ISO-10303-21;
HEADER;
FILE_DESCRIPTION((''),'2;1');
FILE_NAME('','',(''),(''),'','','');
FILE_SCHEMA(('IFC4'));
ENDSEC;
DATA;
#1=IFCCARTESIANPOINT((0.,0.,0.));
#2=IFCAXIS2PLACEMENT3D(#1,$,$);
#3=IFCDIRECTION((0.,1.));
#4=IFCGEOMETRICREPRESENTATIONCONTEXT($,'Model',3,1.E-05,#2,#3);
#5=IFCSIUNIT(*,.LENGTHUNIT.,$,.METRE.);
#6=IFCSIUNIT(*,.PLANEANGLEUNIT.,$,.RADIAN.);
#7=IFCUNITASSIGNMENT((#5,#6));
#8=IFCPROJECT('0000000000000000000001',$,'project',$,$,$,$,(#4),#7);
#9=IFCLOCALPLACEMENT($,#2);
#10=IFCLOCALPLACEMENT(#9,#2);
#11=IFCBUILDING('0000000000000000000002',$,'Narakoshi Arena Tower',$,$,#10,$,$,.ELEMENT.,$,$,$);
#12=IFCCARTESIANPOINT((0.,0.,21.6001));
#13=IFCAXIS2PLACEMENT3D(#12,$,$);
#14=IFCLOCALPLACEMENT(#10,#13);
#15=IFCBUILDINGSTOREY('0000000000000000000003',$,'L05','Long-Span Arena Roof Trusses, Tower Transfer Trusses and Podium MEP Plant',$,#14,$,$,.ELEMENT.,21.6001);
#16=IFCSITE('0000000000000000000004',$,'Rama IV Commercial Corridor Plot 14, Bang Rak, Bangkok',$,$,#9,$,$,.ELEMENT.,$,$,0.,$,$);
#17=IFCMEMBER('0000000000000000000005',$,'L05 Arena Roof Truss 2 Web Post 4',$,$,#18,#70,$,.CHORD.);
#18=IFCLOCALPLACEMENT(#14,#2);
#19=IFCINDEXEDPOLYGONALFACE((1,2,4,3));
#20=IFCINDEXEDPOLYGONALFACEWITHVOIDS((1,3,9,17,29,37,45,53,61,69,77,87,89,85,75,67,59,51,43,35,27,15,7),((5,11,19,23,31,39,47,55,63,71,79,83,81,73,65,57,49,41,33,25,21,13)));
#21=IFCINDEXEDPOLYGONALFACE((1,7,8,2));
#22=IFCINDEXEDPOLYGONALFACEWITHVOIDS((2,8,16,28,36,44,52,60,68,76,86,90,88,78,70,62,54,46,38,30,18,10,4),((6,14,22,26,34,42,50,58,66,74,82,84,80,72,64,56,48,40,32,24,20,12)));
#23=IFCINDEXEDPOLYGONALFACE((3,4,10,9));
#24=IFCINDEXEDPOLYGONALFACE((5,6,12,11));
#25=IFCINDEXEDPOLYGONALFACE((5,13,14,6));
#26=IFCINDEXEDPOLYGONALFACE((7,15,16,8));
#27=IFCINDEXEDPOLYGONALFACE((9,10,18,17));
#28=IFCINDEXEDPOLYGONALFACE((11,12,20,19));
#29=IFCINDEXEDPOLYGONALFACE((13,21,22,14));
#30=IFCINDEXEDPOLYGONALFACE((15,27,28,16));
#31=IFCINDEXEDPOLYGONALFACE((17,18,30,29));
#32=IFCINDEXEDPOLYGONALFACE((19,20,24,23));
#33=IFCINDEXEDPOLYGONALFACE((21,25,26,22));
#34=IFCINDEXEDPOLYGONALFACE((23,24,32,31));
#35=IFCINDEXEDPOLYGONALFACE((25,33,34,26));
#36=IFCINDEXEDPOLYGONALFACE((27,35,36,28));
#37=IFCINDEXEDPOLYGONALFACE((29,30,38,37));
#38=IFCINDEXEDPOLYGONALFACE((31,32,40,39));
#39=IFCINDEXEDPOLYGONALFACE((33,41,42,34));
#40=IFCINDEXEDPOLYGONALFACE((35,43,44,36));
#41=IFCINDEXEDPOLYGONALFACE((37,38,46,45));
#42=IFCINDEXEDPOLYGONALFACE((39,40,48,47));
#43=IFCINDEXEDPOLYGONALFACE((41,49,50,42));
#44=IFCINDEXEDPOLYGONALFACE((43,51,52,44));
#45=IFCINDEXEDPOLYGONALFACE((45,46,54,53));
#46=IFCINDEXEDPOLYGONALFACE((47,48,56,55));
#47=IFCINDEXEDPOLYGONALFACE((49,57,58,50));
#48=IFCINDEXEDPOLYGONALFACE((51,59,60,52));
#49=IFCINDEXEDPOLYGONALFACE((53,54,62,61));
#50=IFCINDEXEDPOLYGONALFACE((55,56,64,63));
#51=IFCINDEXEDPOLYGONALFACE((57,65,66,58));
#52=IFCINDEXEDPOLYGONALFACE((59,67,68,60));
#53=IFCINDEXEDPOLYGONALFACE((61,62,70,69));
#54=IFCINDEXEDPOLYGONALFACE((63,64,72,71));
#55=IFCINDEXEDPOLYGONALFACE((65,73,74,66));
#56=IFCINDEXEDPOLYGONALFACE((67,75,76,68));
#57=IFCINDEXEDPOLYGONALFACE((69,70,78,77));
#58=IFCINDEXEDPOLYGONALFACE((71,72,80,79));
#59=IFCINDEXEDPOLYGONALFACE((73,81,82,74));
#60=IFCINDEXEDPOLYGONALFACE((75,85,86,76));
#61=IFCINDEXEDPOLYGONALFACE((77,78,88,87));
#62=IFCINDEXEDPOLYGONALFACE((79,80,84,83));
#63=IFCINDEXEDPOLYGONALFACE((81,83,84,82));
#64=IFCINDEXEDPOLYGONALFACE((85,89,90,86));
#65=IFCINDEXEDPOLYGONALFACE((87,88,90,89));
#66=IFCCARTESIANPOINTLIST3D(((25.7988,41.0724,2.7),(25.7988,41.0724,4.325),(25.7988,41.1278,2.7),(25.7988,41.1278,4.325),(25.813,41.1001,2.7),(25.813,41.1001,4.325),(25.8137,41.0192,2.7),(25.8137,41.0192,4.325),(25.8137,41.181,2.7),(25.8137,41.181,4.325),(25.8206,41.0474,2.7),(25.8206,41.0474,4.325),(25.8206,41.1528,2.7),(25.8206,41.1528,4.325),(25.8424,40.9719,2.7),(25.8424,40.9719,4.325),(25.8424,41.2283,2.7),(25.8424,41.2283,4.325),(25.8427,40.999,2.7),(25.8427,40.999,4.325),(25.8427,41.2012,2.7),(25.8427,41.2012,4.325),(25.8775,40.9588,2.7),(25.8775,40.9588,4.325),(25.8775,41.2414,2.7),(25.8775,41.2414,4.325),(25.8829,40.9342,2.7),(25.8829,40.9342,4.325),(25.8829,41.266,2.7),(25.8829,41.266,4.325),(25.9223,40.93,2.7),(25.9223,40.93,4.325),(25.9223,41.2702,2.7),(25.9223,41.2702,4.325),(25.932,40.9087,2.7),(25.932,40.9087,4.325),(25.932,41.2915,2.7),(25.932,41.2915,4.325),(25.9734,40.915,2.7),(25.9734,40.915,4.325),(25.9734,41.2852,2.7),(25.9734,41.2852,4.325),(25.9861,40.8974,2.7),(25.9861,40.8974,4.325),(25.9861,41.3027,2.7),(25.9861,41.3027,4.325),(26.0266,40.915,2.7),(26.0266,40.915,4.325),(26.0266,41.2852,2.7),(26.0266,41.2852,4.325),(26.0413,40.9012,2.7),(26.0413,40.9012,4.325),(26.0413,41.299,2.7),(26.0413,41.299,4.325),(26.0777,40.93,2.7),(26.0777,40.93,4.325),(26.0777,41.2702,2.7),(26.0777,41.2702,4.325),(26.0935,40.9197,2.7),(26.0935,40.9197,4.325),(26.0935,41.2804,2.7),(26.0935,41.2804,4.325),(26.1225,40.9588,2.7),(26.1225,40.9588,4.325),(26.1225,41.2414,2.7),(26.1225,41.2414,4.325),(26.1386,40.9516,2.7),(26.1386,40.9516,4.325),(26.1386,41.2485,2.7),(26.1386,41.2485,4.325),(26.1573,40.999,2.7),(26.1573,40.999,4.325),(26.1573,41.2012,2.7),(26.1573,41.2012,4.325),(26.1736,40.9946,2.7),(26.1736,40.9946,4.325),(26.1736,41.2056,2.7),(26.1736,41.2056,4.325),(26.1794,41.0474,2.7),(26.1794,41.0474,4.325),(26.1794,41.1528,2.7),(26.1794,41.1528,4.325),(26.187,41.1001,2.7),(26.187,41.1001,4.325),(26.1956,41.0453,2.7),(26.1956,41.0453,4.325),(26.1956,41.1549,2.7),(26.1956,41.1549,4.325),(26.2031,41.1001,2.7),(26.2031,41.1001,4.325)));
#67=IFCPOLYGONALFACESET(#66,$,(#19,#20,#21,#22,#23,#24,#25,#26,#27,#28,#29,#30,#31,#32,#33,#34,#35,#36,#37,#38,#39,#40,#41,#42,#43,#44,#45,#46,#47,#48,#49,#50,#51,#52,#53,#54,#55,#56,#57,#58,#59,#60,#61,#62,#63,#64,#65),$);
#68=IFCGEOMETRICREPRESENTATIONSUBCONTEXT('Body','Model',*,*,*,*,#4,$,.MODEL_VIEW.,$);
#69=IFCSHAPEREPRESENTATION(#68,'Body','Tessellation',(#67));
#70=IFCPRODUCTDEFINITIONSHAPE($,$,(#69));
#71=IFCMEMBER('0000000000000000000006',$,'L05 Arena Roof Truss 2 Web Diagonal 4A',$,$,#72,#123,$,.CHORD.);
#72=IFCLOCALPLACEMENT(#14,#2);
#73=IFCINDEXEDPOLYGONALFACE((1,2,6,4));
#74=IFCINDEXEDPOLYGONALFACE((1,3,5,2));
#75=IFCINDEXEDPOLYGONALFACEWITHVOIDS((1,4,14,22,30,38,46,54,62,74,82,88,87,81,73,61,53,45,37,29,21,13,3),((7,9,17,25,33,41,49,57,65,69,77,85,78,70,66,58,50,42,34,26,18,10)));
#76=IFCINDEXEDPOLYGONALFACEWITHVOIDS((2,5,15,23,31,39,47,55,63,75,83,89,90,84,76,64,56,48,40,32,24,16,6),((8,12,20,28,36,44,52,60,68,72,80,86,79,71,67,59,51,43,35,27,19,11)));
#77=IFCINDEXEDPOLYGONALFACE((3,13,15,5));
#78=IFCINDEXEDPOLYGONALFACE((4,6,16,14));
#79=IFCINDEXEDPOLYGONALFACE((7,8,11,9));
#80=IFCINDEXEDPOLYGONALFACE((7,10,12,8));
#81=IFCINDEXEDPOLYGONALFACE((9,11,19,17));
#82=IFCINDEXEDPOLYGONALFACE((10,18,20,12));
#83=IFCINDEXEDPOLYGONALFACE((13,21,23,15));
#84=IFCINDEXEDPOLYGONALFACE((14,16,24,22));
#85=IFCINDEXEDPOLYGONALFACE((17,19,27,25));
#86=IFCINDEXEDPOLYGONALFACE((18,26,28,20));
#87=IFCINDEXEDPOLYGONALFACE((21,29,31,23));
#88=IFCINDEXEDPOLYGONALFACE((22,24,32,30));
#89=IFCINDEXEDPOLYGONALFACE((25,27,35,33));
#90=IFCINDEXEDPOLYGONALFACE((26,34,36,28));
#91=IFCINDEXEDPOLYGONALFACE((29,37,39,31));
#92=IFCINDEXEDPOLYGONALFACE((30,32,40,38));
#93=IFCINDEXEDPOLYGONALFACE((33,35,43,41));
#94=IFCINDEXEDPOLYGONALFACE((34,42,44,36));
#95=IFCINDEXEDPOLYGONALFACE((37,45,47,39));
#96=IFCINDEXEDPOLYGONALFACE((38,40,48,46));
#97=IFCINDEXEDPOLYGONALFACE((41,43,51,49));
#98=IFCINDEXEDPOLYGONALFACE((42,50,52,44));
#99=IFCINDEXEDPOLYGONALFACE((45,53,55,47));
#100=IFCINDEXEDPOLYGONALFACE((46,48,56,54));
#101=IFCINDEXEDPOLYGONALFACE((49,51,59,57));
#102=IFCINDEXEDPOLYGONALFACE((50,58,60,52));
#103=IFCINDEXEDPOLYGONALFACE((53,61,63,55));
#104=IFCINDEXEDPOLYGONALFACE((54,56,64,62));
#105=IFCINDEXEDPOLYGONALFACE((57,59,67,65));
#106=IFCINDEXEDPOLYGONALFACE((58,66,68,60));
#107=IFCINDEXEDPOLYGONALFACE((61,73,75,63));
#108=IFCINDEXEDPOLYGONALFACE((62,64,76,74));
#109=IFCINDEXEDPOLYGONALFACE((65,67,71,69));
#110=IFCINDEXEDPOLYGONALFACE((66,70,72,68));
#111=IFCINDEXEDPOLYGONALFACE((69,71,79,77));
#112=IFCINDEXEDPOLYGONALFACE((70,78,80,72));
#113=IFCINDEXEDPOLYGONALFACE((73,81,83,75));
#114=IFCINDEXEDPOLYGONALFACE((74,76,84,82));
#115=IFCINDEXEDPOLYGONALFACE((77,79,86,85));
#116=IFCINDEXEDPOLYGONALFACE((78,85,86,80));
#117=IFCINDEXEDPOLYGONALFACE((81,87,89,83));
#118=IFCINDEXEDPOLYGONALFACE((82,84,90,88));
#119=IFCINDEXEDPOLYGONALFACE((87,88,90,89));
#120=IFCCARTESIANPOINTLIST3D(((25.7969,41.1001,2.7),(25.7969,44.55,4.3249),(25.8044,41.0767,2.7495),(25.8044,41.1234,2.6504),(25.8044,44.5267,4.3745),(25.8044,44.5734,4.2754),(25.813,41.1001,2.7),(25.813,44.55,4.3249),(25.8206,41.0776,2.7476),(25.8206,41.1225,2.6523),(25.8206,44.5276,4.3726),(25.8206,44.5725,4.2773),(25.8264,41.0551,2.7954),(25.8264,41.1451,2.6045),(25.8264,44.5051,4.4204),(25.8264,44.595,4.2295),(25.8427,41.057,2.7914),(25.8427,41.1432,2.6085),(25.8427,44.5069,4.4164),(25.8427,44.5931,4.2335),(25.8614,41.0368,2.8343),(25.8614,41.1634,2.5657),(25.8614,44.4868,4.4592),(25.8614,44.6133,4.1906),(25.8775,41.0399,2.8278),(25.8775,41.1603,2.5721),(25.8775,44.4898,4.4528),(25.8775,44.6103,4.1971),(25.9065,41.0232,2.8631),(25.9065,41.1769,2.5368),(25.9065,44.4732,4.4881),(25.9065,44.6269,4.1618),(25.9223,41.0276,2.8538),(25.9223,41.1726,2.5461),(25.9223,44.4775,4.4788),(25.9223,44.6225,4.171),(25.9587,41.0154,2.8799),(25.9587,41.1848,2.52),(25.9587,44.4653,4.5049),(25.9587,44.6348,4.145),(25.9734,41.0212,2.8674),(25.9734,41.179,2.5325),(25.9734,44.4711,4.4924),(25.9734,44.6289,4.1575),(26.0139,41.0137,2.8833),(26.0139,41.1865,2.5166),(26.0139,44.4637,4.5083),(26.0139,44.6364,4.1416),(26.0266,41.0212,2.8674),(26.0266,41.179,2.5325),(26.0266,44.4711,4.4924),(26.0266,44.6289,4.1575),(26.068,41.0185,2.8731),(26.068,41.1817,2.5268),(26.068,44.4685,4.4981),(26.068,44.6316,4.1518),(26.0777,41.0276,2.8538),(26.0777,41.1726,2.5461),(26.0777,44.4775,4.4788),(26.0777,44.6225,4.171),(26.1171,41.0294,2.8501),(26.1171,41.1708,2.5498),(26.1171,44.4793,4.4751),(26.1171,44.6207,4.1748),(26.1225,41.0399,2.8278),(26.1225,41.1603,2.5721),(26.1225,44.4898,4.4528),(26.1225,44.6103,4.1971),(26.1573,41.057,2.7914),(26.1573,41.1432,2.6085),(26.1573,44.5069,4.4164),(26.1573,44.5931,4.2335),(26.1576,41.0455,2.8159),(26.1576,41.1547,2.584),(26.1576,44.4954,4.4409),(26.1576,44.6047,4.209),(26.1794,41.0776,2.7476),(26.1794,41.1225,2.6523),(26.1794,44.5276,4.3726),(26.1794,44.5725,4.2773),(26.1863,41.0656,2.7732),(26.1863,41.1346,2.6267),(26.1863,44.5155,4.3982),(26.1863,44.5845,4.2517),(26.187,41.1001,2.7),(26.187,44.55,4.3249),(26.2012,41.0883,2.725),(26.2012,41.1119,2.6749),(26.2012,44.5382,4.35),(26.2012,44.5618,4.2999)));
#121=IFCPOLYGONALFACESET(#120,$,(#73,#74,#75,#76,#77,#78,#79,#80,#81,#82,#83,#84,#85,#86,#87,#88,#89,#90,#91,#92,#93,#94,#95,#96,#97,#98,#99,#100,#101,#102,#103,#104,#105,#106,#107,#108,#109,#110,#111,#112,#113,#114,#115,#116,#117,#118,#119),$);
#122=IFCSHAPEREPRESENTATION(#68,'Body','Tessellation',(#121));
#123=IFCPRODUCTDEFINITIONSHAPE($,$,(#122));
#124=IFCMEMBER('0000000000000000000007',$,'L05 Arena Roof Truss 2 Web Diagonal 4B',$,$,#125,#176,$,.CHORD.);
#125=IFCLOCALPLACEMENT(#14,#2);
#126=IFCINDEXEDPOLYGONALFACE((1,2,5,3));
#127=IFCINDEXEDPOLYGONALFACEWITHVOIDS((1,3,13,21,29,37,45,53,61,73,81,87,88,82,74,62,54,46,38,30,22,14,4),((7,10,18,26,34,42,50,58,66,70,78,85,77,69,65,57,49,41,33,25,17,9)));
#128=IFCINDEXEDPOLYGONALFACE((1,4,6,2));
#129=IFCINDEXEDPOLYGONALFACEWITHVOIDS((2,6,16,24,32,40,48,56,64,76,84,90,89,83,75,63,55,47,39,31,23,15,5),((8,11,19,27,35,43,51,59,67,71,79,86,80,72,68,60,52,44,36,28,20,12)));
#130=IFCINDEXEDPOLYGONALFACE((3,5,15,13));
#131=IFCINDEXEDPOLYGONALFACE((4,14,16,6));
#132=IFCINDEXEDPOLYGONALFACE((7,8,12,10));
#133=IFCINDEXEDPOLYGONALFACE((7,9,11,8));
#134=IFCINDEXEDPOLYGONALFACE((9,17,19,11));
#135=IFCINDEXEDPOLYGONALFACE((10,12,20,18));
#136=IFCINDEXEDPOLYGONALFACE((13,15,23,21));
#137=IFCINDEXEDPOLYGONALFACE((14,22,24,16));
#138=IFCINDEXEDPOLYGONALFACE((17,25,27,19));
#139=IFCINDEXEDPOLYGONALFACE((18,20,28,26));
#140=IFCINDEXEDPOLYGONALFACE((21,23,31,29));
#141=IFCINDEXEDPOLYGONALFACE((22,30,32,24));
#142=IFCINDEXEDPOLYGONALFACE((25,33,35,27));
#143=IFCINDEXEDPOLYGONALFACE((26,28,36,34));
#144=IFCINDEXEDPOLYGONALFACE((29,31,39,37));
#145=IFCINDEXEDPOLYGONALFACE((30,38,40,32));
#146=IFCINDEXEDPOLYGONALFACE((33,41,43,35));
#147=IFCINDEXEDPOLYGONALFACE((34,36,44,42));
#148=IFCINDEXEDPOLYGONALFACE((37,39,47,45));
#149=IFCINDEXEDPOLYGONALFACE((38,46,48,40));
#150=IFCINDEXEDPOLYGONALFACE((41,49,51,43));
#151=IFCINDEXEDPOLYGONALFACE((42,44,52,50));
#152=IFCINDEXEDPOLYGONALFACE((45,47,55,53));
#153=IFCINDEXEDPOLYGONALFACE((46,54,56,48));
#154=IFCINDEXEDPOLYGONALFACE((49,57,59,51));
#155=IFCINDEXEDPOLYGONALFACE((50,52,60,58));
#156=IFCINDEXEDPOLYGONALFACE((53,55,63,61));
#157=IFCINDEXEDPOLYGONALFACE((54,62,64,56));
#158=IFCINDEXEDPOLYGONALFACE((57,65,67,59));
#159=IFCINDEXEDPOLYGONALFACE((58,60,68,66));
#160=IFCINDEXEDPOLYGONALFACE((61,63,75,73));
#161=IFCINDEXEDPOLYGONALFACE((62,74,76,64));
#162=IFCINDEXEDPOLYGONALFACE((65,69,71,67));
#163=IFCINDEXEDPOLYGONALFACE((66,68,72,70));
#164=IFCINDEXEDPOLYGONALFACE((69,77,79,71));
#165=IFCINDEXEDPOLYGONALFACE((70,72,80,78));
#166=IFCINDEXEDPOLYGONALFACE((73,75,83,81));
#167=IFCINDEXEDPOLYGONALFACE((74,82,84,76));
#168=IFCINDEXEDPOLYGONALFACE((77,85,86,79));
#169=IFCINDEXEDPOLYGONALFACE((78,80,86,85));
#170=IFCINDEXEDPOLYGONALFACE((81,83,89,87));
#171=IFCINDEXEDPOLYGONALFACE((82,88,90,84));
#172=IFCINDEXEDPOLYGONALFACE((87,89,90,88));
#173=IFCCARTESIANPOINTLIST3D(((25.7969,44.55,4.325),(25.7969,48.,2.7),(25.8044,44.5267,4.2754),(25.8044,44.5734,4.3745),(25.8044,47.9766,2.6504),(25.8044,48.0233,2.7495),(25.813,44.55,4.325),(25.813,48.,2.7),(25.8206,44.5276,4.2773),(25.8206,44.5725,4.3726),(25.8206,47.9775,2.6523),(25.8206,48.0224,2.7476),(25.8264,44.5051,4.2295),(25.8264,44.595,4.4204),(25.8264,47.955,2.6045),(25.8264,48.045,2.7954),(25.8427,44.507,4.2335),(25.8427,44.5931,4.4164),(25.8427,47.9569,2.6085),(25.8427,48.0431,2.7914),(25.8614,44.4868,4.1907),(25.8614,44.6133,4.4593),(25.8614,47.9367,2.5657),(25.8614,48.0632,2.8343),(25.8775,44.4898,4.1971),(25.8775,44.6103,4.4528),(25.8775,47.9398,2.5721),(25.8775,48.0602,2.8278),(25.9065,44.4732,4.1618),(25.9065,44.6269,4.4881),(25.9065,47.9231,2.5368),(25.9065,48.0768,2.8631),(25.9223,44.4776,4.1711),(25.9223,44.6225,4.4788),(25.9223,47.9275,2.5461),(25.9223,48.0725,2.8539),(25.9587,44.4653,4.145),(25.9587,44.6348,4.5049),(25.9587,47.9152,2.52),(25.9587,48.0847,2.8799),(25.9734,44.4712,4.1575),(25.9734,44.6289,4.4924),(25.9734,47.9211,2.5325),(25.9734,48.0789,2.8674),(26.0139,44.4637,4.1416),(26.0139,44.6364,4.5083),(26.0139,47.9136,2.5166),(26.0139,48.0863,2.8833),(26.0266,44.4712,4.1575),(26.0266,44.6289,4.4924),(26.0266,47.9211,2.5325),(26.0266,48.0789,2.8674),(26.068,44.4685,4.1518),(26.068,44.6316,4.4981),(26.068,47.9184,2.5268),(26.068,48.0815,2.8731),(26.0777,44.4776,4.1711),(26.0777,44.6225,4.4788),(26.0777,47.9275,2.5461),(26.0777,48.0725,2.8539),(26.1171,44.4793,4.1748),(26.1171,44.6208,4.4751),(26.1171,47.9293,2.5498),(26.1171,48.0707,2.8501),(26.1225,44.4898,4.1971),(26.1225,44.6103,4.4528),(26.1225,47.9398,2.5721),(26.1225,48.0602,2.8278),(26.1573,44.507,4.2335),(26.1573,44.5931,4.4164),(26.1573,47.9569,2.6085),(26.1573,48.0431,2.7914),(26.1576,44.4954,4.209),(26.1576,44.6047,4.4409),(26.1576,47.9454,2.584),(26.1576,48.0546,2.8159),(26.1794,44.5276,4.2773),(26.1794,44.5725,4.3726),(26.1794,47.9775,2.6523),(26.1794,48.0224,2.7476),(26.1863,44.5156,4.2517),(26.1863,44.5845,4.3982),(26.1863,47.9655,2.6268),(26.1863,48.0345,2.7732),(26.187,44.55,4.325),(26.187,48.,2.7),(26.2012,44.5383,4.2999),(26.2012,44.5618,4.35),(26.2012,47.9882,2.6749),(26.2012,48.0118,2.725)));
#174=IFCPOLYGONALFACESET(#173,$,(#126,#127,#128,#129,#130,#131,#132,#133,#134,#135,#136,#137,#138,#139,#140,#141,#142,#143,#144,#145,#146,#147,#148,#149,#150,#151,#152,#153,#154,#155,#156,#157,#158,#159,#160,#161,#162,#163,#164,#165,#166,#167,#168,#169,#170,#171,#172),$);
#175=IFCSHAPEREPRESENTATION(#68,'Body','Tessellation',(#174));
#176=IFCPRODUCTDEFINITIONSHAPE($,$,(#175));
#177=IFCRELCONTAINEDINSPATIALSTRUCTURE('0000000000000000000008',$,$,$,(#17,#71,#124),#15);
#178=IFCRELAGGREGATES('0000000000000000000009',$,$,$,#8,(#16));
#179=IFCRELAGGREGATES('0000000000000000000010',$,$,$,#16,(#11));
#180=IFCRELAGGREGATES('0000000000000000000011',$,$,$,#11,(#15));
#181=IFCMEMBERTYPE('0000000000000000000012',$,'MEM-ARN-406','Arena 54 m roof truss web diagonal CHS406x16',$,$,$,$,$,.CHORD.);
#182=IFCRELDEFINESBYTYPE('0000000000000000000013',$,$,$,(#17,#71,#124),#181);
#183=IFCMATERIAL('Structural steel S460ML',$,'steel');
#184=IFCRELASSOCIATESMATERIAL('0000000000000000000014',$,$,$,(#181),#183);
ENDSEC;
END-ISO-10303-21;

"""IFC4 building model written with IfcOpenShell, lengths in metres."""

from ifc_helpers import new_model, si_unit, direction, frame, origin, origin_2d, place, context, subcontext, project, spatial, hollow_circle, extrude, material, material_profile, profile_set, type_object, element, save


model = new_model("IFC4")

# Units and contexts
model_context = context("Model", 3, precision=1e-05, world=origin(), true_north=direction((0.0, 1.0)))
body_context = subcontext(model_context, "Body", "Model", "MODEL_VIEW")
ifc_project = project(units=[si_unit("LENGTHUNIT", "METRE"), si_unit("PLANEANGLEUNIT", "RADIAN")], contexts=[model_context])

# Site, building, storey
site_placement = place(None, origin())
site = spatial("IfcSite", under=ifc_project, at=site_placement, Name="Rama IV Commercial Corridor Plot 14, Bang Rak, Bangkok", CompositionType="ELEMENT", RefElevation=0.0)
building_placement = place(site_placement, origin())
building = spatial("IfcBuilding", under=site, at=building_placement, Name="Narakoshi Arena Tower", CompositionType="ELEMENT")
storey_placement = place(building_placement, frame((0.0, 0.0, 21.6001)))
storey = spatial("IfcBuildingStorey", under=building, at=storey_placement, Name="L05", Description="Long-Span Arena Roof Trusses, Tower Transfer Trusses and Podium MEP Plant", CompositionType="ELEMENT", Elevation=21.6001)

# Members
ifc_material_1 = material(Name="Structural steel S460ML", Category="steel")
ifc_material_profile_1 = material_profile(ifc_material_1, hollow_circle(Radius=0.2031, WallThickness=0.0161, at=origin_2d()), Name="CHS406x16")
ifc_profile_set_1 = profile_set([ifc_material_profile_1], Name="Structural steel S460ML")
member_type = type_object("IfcMemberType", Name="MEM-ARN-406", Description="Arena 54 m roof truss web diagonal CHS406x16", PredefinedType="CHORD", material=ifc_profile_set_1)
member_1_placement = place(storey_placement, frame((26.0, 41.1001, 2.7), z_axis=(0.0, 0.0, 1.0), x_axis=(1.0, 0.0, 0.0)))
element("IfcMember", 1, at=member_1_placement, inside=storey, type_object=member_type, Name="L05 Arena Roof Truss 2 Web Post 4", PredefinedType="CHORD", context=body_context, shape_type="SweptSolid", body=[
    extrude(hollow_circle(Radius=0.2031, WallThickness=0.0161, at=origin_2d()), origin(), (0.0, 0.0, 1.0), 1.625),
])
for number, where, z_axis, x_axis, name in (
    (2, (26.0, 41.1001, 2.7), (0.0, 0.904668, 0.426118), (-1.0, 0.0, 0.0), "L05 Arena Roof Truss 2 Web Diagonal 4A"),
    (3, (26.0, 44.55, 4.325), (0.0, 0.904668, -0.426118), (-1.0, 0.0, 0.0), "L05 Arena Roof Truss 2 Web Diagonal 4B"),
):
    element("IfcMember", number, at=place(storey_placement, frame(where, z_axis=z_axis, x_axis=x_axis)), inside=storey, type_object=member_type, Name=name, PredefinedType="CHORD", context=body_context, shape_type="SweptSolid", body=[
        extrude(hollow_circle(Radius=0.2031, WallThickness=0.0161, at=origin_2d()), origin(), (0.0, 0.0, 1.0), 3.8135),
    ])

save(model, "model.ifc")
